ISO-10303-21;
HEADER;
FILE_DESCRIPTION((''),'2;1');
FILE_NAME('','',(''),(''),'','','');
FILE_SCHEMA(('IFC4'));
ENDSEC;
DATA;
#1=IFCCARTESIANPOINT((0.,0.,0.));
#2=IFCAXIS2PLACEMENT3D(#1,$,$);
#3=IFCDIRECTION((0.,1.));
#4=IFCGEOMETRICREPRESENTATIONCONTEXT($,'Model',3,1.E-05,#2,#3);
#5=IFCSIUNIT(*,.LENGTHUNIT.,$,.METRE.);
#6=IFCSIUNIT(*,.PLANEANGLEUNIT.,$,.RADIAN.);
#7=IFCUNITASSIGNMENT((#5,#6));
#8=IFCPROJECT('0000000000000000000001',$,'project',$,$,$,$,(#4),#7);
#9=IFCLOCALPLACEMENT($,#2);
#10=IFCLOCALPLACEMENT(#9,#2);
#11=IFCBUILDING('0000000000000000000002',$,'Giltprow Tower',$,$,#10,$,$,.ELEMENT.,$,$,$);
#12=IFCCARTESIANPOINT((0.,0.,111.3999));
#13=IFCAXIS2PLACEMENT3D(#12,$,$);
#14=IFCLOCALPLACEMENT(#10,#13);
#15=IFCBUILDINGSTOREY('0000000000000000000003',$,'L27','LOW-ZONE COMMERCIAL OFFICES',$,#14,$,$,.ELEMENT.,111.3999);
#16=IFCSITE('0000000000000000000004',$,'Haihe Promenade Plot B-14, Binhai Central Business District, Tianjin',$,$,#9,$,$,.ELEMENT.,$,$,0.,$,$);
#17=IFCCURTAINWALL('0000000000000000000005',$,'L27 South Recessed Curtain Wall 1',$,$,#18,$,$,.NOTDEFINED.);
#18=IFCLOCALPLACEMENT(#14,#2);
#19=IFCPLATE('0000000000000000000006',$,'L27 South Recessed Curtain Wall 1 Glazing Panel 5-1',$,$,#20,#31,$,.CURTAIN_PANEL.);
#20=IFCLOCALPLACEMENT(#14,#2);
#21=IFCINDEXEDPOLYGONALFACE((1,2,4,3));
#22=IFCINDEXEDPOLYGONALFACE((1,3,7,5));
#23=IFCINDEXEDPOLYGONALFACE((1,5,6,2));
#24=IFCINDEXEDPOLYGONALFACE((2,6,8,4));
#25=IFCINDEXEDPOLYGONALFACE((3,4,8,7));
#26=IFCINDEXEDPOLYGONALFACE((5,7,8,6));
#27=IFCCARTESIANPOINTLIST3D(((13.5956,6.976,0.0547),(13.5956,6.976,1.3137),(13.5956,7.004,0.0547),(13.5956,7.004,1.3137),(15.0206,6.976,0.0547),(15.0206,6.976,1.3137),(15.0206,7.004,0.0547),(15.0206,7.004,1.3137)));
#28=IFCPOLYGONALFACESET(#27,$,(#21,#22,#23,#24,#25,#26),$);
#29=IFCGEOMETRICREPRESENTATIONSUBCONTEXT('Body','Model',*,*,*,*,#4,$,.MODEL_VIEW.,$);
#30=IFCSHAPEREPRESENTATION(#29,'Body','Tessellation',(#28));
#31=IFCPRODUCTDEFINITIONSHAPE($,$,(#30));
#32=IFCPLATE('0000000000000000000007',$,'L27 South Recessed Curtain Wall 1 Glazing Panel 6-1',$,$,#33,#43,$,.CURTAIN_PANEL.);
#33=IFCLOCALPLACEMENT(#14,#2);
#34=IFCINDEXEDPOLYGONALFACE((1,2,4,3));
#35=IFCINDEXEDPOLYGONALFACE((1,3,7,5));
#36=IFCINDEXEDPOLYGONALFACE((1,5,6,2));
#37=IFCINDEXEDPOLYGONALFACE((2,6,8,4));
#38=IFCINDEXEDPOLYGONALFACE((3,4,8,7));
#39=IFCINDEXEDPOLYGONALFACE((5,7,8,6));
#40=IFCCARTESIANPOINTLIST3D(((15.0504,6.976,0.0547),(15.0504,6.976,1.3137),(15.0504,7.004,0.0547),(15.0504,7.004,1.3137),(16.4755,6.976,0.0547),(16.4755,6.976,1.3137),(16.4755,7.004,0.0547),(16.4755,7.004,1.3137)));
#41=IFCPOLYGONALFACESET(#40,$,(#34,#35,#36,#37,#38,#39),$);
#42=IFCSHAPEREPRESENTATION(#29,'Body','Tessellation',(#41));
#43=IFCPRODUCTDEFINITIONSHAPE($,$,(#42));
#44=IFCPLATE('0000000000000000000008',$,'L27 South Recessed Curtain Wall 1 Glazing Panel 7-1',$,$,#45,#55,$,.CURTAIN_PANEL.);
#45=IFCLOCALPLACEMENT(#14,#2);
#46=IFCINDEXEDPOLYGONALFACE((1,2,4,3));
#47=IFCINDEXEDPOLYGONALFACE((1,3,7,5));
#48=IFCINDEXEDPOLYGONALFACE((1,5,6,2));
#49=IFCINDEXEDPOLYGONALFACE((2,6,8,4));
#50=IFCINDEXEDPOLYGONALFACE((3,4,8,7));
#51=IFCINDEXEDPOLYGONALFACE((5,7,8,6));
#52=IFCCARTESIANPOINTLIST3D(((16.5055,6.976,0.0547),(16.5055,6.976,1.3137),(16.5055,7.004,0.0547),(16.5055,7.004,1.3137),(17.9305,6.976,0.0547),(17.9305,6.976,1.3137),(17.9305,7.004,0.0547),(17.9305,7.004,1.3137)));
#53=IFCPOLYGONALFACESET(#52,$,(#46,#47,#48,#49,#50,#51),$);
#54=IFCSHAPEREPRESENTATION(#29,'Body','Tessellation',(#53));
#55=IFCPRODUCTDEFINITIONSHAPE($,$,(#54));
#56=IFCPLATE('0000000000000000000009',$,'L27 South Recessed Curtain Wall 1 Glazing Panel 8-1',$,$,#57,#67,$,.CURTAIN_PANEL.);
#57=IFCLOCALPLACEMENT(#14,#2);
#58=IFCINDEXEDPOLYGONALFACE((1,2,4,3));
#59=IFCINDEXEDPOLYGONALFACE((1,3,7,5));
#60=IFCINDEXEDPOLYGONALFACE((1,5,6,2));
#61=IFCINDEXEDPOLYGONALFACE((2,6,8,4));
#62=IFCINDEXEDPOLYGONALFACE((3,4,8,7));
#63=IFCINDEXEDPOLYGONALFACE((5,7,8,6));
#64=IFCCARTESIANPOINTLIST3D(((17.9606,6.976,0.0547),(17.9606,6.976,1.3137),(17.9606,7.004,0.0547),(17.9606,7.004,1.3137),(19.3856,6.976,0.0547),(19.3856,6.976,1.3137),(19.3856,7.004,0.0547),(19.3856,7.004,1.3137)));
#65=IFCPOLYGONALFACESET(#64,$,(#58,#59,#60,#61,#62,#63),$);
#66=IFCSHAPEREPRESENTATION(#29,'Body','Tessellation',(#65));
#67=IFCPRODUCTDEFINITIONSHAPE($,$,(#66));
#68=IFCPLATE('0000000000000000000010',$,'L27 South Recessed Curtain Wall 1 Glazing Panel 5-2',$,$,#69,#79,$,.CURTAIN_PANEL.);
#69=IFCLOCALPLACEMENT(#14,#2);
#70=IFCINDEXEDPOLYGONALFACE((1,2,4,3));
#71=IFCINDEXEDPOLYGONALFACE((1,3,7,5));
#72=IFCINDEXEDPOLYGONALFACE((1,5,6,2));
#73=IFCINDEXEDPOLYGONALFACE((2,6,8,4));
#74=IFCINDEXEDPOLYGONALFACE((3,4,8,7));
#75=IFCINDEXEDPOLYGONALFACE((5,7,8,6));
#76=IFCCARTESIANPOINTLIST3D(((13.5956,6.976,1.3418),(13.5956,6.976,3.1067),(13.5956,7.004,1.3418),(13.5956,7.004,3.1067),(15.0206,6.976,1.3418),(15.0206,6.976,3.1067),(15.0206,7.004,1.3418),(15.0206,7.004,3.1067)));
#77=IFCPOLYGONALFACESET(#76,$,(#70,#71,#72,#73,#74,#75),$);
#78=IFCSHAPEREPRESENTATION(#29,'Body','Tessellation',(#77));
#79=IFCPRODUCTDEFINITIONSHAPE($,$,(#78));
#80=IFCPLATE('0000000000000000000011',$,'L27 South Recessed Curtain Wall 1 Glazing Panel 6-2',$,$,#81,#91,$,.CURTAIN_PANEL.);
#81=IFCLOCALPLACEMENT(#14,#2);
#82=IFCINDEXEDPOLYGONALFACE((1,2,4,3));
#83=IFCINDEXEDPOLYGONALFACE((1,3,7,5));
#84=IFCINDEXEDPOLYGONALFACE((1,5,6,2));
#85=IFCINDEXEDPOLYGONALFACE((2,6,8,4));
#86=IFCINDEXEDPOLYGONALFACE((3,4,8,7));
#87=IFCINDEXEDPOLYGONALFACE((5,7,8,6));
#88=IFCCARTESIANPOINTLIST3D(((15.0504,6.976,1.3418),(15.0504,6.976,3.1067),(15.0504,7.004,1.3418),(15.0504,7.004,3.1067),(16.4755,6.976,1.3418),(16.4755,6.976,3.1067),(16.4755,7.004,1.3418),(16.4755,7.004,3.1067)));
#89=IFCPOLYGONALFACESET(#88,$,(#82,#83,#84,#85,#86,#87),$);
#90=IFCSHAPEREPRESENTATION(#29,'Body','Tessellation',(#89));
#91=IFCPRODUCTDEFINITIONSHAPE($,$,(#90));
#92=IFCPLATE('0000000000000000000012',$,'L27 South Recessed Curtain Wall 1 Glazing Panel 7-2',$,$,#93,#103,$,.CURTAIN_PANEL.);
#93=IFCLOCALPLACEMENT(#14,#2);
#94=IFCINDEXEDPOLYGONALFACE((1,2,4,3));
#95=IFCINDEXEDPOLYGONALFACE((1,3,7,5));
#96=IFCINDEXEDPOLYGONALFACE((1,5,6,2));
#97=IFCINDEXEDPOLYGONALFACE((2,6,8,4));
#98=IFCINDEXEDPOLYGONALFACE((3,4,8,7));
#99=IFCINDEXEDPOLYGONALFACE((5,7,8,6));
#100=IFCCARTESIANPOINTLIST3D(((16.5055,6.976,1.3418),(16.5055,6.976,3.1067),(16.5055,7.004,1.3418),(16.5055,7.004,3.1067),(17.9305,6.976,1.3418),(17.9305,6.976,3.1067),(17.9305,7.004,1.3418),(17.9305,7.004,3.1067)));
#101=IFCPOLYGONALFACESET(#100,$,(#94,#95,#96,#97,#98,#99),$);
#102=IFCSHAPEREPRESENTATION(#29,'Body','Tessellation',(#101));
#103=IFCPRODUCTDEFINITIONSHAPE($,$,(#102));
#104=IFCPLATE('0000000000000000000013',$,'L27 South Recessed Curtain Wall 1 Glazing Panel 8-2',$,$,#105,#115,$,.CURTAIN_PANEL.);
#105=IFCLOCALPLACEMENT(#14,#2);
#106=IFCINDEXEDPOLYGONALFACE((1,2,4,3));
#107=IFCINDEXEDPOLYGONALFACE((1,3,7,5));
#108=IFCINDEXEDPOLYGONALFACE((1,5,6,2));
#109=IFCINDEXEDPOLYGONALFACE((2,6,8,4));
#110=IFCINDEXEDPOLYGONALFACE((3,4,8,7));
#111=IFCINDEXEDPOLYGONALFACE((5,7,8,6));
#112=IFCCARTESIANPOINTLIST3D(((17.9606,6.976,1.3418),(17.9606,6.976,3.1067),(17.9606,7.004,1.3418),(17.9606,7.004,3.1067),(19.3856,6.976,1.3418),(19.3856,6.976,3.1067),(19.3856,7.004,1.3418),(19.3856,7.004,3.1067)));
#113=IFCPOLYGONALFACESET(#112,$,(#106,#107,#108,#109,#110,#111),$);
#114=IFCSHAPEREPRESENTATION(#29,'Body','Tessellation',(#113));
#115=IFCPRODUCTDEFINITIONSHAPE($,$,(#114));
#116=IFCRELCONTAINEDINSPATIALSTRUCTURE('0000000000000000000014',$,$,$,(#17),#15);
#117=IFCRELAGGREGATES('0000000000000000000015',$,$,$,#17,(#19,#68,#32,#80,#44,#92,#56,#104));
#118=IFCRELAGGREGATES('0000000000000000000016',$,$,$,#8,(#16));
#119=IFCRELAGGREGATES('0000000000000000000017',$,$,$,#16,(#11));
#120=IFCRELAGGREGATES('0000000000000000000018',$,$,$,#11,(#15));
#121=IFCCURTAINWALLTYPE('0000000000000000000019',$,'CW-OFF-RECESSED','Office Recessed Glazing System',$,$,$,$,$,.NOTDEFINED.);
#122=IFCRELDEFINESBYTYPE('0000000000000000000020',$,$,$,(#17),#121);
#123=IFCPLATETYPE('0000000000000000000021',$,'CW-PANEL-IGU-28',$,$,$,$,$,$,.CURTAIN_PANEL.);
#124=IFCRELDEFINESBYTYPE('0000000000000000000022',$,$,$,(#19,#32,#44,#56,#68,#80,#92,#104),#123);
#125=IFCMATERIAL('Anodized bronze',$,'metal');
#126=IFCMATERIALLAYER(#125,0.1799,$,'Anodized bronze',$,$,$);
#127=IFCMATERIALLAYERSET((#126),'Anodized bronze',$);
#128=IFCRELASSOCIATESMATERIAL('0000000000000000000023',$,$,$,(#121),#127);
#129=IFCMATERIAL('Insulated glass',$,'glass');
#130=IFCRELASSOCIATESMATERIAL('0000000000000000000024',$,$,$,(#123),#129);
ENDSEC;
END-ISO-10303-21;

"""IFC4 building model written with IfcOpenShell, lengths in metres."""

from ifc_helpers import new_model, si_unit, direction, frame, origin, origin_2d, place, context, subcontext, project, spatial, rectangle, extrude, source, transform, mapped, material, layer, layer_set, type_object, element, aggregate, save


model = new_model("IFC4")

# Units and contexts
model_context = context("Model", 3, precision=1e-05, world=origin(), true_north=direction((0.0, 1.0)))
body_context = subcontext(model_context, "Body", "Model", "MODEL_VIEW")
ifc_project = project(units=[si_unit("LENGTHUNIT", "METRE"), si_unit("PLANEANGLEUNIT", "RADIAN")], contexts=[model_context])

# Site, building, storey
site_placement = place(None, origin())
site = spatial("IfcSite", under=ifc_project, at=site_placement, Name="Haihe Promenade Plot B-14, Binhai Central Business District, Tianjin", CompositionType="ELEMENT", RefElevation=0.0)
building_placement = place(site_placement, origin())
building = spatial("IfcBuilding", under=site, at=building_placement, Name="Giltprow Tower", CompositionType="ELEMENT")
storey_placement = place(building_placement, frame((0.0, 0.0, 111.3999)))
storey = spatial("IfcBuildingStorey", under=building, at=storey_placement, Name="L27", Description="LOW-ZONE COMMERCIAL OFFICES", CompositionType="ELEMENT", Elevation=111.3999)

# Curtain wall, plates
ifc_material_1 = material(Name="Anodized bronze", Category="metal")
ifc_layer = layer(ifc_material_1, 0.1799, Name="Anodized bronze")
ifc_layer_set = layer_set([ifc_layer], Name="Anodized bronze")
curtain_wall_type = type_object("IfcCurtainWallType", Name="CW-OFF-RECESSED", Description="Office Recessed Glazing System", PredefinedType="NOTDEFINED", material=ifc_layer_set)
curtain_wall_placement = place(storey_placement, origin())
curtain_wall = element("IfcCurtainWall", 1, at=curtain_wall_placement, inside=storey, type_object=curtain_wall_type, Name="L27 South Recessed Curtain Wall 1", PredefinedType="NOTDEFINED")
ifc_material_2 = material(Name="Insulated glass", Category="glass")
plate_type = type_object("IfcPlateType", Name="CW-PANEL-IGU-28", PredefinedType="CURTAIN_PANEL", material=ifc_material_2)
shared_shape_1 = source(origin(), body_context, "Body", "SweptSolid", [
    extrude(rectangle(XDim=1.425, YDim=0.0281, at=origin_2d()), origin(), (0.0, 0.0, 1.0), 1.259),
])
plate_1_placement = place(storey_placement, frame((14.3081, 6.99, 0.0547), z_axis=(0.0, 0.0, 1.0), x_axis=(1.0, 0.0, 0.0)))
plate_1 = element("IfcPlate", 2, at=plate_1_placement, type_object=plate_type, Name="L27 South Recessed Curtain Wall 1 Glazing Panel 5-1", PredefinedType="CURTAIN_PANEL", context=body_context, shape_type="MappedRepresentation", body=[
    mapped(shared_shape_1, transform((0.0, 0.0, 0.0), x_axis=(1.0, 0.0, 0.0), y_axis=(0.0, 1.0, 0.0), z_axis=(0.0, 0.0, 1.0), scale=1.0)),
])
plate_2_placement = place(storey_placement, frame((15.7629, 6.99, 0.0547), z_axis=(0.0, 0.0, 1.0), x_axis=(1.0, 0.0, 0.0)))
plate_2 = element("IfcPlate", 3, at=plate_2_placement, type_object=plate_type, Name="L27 South Recessed Curtain Wall 1 Glazing Panel 6-1", PredefinedType="CURTAIN_PANEL", context=body_context, shape_type="MappedRepresentation", body=[
    mapped(shared_shape_1, transform((0.0, 0.0, 0.0), x_axis=(1.0, 0.0, 0.0), y_axis=(0.0, 1.0, 0.0), z_axis=(0.0, 0.0, 1.0), scale=1.0)),
])
plate_3_placement = place(storey_placement, frame((17.218, 6.99, 0.0547), z_axis=(0.0, 0.0, 1.0), x_axis=(1.0, 0.0, 0.0)))
plate_3 = element("IfcPlate", 4, at=plate_3_placement, type_object=plate_type, Name="L27 South Recessed Curtain Wall 1 Glazing Panel 7-1", PredefinedType="CURTAIN_PANEL", context=body_context, shape_type="MappedRepresentation", body=[
    mapped(shared_shape_1, transform((0.0, 0.0, 0.0), x_axis=(1.0, 0.0, 0.0), y_axis=(0.0, 1.0, 0.0), z_axis=(0.0, 0.0, 1.0), scale=1.0)),
])
plate_4_placement = place(storey_placement, frame((18.6731, 6.99, 0.0547), z_axis=(0.0, 0.0, 1.0), x_axis=(1.0, 0.0, 0.0)))
plate_4 = element("IfcPlate", 5, at=plate_4_placement, type_object=plate_type, Name="L27 South Recessed Curtain Wall 1 Glazing Panel 8-1", PredefinedType="CURTAIN_PANEL", context=body_context, shape_type="MappedRepresentation", body=[
    mapped(shared_shape_1, transform((0.0, 0.0, 0.0), x_axis=(1.0, 0.0, 0.0), y_axis=(0.0, 1.0, 0.0), z_axis=(0.0, 0.0, 1.0), scale=1.0)),
])
shared_shape_2 = source(origin(), body_context, "Body", "SweptSolid", [
    extrude(rectangle(XDim=1.425, YDim=0.0281, at=origin_2d()), origin(), (0.0, 0.0, 1.0), 1.7649),
])
plate_5_placement = place(storey_placement, frame((14.3081, 6.99, 1.3418), z_axis=(0.0, 0.0, 1.0), x_axis=(1.0, 0.0, 0.0)))
plate_5 = element("IfcPlate", 6, at=plate_5_placement, type_object=plate_type, Name="L27 South Recessed Curtain Wall 1 Glazing Panel 5-2", PredefinedType="CURTAIN_PANEL", context=body_context, shape_type="MappedRepresentation", body=[
    mapped(shared_shape_2, transform((0.0, 0.0, 0.0), x_axis=(1.0, 0.0, 0.0), y_axis=(0.0, 1.0, 0.0), z_axis=(0.0, 0.0, 1.0), scale=1.0)),
])
plate_6_placement = place(storey_placement, frame((15.7629, 6.99, 1.3418), z_axis=(0.0, 0.0, 1.0), x_axis=(1.0, 0.0, 0.0)))
plate_6 = element("IfcPlate", 7, at=plate_6_placement, type_object=plate_type, Name="L27 South Recessed Curtain Wall 1 Glazing Panel 6-2", PredefinedType="CURTAIN_PANEL", context=body_context, shape_type="MappedRepresentation", body=[
    mapped(shared_shape_2, transform((0.0, 0.0, 0.0), x_axis=(1.0, 0.0, 0.0), y_axis=(0.0, 1.0, 0.0), z_axis=(0.0, 0.0, 1.0), scale=1.0)),
])
plate_7_placement = place(storey_placement, frame((17.218, 6.99, 1.3418), z_axis=(0.0, 0.0, 1.0), x_axis=(1.0, 0.0, 0.0)))
plate_7 = element("IfcPlate", 8, at=plate_7_placement, type_object=plate_type, Name="L27 South Recessed Curtain Wall 1 Glazing Panel 7-2", PredefinedType="CURTAIN_PANEL", context=body_context, shape_type="MappedRepresentation", body=[
    mapped(shared_shape_2, transform((0.0, 0.0, 0.0), x_axis=(1.0, 0.0, 0.0), y_axis=(0.0, 1.0, 0.0), z_axis=(0.0, 0.0, 1.0), scale=1.0)),
])
plate_8_placement = place(storey_placement, frame((18.6731, 6.99, 1.3418), z_axis=(0.0, 0.0, 1.0), x_axis=(1.0, 0.0, 0.0)))
plate_8 = element("IfcPlate", 9, at=plate_8_placement, type_object=plate_type, Name="L27 South Recessed Curtain Wall 1 Glazing Panel 8-2", PredefinedType="CURTAIN_PANEL", context=body_context, shape_type="MappedRepresentation", body=[
    mapped(shared_shape_2, transform((0.0, 0.0, 0.0), x_axis=(1.0, 0.0, 0.0), y_axis=(0.0, 1.0, 0.0), z_axis=(0.0, 0.0, 1.0), scale=1.0)),
])
aggregate(curtain_wall, [plate_1, plate_5, plate_2, plate_6, plate_3, plate_7, plate_4, plate_8])

save(model, "model.ifc")
